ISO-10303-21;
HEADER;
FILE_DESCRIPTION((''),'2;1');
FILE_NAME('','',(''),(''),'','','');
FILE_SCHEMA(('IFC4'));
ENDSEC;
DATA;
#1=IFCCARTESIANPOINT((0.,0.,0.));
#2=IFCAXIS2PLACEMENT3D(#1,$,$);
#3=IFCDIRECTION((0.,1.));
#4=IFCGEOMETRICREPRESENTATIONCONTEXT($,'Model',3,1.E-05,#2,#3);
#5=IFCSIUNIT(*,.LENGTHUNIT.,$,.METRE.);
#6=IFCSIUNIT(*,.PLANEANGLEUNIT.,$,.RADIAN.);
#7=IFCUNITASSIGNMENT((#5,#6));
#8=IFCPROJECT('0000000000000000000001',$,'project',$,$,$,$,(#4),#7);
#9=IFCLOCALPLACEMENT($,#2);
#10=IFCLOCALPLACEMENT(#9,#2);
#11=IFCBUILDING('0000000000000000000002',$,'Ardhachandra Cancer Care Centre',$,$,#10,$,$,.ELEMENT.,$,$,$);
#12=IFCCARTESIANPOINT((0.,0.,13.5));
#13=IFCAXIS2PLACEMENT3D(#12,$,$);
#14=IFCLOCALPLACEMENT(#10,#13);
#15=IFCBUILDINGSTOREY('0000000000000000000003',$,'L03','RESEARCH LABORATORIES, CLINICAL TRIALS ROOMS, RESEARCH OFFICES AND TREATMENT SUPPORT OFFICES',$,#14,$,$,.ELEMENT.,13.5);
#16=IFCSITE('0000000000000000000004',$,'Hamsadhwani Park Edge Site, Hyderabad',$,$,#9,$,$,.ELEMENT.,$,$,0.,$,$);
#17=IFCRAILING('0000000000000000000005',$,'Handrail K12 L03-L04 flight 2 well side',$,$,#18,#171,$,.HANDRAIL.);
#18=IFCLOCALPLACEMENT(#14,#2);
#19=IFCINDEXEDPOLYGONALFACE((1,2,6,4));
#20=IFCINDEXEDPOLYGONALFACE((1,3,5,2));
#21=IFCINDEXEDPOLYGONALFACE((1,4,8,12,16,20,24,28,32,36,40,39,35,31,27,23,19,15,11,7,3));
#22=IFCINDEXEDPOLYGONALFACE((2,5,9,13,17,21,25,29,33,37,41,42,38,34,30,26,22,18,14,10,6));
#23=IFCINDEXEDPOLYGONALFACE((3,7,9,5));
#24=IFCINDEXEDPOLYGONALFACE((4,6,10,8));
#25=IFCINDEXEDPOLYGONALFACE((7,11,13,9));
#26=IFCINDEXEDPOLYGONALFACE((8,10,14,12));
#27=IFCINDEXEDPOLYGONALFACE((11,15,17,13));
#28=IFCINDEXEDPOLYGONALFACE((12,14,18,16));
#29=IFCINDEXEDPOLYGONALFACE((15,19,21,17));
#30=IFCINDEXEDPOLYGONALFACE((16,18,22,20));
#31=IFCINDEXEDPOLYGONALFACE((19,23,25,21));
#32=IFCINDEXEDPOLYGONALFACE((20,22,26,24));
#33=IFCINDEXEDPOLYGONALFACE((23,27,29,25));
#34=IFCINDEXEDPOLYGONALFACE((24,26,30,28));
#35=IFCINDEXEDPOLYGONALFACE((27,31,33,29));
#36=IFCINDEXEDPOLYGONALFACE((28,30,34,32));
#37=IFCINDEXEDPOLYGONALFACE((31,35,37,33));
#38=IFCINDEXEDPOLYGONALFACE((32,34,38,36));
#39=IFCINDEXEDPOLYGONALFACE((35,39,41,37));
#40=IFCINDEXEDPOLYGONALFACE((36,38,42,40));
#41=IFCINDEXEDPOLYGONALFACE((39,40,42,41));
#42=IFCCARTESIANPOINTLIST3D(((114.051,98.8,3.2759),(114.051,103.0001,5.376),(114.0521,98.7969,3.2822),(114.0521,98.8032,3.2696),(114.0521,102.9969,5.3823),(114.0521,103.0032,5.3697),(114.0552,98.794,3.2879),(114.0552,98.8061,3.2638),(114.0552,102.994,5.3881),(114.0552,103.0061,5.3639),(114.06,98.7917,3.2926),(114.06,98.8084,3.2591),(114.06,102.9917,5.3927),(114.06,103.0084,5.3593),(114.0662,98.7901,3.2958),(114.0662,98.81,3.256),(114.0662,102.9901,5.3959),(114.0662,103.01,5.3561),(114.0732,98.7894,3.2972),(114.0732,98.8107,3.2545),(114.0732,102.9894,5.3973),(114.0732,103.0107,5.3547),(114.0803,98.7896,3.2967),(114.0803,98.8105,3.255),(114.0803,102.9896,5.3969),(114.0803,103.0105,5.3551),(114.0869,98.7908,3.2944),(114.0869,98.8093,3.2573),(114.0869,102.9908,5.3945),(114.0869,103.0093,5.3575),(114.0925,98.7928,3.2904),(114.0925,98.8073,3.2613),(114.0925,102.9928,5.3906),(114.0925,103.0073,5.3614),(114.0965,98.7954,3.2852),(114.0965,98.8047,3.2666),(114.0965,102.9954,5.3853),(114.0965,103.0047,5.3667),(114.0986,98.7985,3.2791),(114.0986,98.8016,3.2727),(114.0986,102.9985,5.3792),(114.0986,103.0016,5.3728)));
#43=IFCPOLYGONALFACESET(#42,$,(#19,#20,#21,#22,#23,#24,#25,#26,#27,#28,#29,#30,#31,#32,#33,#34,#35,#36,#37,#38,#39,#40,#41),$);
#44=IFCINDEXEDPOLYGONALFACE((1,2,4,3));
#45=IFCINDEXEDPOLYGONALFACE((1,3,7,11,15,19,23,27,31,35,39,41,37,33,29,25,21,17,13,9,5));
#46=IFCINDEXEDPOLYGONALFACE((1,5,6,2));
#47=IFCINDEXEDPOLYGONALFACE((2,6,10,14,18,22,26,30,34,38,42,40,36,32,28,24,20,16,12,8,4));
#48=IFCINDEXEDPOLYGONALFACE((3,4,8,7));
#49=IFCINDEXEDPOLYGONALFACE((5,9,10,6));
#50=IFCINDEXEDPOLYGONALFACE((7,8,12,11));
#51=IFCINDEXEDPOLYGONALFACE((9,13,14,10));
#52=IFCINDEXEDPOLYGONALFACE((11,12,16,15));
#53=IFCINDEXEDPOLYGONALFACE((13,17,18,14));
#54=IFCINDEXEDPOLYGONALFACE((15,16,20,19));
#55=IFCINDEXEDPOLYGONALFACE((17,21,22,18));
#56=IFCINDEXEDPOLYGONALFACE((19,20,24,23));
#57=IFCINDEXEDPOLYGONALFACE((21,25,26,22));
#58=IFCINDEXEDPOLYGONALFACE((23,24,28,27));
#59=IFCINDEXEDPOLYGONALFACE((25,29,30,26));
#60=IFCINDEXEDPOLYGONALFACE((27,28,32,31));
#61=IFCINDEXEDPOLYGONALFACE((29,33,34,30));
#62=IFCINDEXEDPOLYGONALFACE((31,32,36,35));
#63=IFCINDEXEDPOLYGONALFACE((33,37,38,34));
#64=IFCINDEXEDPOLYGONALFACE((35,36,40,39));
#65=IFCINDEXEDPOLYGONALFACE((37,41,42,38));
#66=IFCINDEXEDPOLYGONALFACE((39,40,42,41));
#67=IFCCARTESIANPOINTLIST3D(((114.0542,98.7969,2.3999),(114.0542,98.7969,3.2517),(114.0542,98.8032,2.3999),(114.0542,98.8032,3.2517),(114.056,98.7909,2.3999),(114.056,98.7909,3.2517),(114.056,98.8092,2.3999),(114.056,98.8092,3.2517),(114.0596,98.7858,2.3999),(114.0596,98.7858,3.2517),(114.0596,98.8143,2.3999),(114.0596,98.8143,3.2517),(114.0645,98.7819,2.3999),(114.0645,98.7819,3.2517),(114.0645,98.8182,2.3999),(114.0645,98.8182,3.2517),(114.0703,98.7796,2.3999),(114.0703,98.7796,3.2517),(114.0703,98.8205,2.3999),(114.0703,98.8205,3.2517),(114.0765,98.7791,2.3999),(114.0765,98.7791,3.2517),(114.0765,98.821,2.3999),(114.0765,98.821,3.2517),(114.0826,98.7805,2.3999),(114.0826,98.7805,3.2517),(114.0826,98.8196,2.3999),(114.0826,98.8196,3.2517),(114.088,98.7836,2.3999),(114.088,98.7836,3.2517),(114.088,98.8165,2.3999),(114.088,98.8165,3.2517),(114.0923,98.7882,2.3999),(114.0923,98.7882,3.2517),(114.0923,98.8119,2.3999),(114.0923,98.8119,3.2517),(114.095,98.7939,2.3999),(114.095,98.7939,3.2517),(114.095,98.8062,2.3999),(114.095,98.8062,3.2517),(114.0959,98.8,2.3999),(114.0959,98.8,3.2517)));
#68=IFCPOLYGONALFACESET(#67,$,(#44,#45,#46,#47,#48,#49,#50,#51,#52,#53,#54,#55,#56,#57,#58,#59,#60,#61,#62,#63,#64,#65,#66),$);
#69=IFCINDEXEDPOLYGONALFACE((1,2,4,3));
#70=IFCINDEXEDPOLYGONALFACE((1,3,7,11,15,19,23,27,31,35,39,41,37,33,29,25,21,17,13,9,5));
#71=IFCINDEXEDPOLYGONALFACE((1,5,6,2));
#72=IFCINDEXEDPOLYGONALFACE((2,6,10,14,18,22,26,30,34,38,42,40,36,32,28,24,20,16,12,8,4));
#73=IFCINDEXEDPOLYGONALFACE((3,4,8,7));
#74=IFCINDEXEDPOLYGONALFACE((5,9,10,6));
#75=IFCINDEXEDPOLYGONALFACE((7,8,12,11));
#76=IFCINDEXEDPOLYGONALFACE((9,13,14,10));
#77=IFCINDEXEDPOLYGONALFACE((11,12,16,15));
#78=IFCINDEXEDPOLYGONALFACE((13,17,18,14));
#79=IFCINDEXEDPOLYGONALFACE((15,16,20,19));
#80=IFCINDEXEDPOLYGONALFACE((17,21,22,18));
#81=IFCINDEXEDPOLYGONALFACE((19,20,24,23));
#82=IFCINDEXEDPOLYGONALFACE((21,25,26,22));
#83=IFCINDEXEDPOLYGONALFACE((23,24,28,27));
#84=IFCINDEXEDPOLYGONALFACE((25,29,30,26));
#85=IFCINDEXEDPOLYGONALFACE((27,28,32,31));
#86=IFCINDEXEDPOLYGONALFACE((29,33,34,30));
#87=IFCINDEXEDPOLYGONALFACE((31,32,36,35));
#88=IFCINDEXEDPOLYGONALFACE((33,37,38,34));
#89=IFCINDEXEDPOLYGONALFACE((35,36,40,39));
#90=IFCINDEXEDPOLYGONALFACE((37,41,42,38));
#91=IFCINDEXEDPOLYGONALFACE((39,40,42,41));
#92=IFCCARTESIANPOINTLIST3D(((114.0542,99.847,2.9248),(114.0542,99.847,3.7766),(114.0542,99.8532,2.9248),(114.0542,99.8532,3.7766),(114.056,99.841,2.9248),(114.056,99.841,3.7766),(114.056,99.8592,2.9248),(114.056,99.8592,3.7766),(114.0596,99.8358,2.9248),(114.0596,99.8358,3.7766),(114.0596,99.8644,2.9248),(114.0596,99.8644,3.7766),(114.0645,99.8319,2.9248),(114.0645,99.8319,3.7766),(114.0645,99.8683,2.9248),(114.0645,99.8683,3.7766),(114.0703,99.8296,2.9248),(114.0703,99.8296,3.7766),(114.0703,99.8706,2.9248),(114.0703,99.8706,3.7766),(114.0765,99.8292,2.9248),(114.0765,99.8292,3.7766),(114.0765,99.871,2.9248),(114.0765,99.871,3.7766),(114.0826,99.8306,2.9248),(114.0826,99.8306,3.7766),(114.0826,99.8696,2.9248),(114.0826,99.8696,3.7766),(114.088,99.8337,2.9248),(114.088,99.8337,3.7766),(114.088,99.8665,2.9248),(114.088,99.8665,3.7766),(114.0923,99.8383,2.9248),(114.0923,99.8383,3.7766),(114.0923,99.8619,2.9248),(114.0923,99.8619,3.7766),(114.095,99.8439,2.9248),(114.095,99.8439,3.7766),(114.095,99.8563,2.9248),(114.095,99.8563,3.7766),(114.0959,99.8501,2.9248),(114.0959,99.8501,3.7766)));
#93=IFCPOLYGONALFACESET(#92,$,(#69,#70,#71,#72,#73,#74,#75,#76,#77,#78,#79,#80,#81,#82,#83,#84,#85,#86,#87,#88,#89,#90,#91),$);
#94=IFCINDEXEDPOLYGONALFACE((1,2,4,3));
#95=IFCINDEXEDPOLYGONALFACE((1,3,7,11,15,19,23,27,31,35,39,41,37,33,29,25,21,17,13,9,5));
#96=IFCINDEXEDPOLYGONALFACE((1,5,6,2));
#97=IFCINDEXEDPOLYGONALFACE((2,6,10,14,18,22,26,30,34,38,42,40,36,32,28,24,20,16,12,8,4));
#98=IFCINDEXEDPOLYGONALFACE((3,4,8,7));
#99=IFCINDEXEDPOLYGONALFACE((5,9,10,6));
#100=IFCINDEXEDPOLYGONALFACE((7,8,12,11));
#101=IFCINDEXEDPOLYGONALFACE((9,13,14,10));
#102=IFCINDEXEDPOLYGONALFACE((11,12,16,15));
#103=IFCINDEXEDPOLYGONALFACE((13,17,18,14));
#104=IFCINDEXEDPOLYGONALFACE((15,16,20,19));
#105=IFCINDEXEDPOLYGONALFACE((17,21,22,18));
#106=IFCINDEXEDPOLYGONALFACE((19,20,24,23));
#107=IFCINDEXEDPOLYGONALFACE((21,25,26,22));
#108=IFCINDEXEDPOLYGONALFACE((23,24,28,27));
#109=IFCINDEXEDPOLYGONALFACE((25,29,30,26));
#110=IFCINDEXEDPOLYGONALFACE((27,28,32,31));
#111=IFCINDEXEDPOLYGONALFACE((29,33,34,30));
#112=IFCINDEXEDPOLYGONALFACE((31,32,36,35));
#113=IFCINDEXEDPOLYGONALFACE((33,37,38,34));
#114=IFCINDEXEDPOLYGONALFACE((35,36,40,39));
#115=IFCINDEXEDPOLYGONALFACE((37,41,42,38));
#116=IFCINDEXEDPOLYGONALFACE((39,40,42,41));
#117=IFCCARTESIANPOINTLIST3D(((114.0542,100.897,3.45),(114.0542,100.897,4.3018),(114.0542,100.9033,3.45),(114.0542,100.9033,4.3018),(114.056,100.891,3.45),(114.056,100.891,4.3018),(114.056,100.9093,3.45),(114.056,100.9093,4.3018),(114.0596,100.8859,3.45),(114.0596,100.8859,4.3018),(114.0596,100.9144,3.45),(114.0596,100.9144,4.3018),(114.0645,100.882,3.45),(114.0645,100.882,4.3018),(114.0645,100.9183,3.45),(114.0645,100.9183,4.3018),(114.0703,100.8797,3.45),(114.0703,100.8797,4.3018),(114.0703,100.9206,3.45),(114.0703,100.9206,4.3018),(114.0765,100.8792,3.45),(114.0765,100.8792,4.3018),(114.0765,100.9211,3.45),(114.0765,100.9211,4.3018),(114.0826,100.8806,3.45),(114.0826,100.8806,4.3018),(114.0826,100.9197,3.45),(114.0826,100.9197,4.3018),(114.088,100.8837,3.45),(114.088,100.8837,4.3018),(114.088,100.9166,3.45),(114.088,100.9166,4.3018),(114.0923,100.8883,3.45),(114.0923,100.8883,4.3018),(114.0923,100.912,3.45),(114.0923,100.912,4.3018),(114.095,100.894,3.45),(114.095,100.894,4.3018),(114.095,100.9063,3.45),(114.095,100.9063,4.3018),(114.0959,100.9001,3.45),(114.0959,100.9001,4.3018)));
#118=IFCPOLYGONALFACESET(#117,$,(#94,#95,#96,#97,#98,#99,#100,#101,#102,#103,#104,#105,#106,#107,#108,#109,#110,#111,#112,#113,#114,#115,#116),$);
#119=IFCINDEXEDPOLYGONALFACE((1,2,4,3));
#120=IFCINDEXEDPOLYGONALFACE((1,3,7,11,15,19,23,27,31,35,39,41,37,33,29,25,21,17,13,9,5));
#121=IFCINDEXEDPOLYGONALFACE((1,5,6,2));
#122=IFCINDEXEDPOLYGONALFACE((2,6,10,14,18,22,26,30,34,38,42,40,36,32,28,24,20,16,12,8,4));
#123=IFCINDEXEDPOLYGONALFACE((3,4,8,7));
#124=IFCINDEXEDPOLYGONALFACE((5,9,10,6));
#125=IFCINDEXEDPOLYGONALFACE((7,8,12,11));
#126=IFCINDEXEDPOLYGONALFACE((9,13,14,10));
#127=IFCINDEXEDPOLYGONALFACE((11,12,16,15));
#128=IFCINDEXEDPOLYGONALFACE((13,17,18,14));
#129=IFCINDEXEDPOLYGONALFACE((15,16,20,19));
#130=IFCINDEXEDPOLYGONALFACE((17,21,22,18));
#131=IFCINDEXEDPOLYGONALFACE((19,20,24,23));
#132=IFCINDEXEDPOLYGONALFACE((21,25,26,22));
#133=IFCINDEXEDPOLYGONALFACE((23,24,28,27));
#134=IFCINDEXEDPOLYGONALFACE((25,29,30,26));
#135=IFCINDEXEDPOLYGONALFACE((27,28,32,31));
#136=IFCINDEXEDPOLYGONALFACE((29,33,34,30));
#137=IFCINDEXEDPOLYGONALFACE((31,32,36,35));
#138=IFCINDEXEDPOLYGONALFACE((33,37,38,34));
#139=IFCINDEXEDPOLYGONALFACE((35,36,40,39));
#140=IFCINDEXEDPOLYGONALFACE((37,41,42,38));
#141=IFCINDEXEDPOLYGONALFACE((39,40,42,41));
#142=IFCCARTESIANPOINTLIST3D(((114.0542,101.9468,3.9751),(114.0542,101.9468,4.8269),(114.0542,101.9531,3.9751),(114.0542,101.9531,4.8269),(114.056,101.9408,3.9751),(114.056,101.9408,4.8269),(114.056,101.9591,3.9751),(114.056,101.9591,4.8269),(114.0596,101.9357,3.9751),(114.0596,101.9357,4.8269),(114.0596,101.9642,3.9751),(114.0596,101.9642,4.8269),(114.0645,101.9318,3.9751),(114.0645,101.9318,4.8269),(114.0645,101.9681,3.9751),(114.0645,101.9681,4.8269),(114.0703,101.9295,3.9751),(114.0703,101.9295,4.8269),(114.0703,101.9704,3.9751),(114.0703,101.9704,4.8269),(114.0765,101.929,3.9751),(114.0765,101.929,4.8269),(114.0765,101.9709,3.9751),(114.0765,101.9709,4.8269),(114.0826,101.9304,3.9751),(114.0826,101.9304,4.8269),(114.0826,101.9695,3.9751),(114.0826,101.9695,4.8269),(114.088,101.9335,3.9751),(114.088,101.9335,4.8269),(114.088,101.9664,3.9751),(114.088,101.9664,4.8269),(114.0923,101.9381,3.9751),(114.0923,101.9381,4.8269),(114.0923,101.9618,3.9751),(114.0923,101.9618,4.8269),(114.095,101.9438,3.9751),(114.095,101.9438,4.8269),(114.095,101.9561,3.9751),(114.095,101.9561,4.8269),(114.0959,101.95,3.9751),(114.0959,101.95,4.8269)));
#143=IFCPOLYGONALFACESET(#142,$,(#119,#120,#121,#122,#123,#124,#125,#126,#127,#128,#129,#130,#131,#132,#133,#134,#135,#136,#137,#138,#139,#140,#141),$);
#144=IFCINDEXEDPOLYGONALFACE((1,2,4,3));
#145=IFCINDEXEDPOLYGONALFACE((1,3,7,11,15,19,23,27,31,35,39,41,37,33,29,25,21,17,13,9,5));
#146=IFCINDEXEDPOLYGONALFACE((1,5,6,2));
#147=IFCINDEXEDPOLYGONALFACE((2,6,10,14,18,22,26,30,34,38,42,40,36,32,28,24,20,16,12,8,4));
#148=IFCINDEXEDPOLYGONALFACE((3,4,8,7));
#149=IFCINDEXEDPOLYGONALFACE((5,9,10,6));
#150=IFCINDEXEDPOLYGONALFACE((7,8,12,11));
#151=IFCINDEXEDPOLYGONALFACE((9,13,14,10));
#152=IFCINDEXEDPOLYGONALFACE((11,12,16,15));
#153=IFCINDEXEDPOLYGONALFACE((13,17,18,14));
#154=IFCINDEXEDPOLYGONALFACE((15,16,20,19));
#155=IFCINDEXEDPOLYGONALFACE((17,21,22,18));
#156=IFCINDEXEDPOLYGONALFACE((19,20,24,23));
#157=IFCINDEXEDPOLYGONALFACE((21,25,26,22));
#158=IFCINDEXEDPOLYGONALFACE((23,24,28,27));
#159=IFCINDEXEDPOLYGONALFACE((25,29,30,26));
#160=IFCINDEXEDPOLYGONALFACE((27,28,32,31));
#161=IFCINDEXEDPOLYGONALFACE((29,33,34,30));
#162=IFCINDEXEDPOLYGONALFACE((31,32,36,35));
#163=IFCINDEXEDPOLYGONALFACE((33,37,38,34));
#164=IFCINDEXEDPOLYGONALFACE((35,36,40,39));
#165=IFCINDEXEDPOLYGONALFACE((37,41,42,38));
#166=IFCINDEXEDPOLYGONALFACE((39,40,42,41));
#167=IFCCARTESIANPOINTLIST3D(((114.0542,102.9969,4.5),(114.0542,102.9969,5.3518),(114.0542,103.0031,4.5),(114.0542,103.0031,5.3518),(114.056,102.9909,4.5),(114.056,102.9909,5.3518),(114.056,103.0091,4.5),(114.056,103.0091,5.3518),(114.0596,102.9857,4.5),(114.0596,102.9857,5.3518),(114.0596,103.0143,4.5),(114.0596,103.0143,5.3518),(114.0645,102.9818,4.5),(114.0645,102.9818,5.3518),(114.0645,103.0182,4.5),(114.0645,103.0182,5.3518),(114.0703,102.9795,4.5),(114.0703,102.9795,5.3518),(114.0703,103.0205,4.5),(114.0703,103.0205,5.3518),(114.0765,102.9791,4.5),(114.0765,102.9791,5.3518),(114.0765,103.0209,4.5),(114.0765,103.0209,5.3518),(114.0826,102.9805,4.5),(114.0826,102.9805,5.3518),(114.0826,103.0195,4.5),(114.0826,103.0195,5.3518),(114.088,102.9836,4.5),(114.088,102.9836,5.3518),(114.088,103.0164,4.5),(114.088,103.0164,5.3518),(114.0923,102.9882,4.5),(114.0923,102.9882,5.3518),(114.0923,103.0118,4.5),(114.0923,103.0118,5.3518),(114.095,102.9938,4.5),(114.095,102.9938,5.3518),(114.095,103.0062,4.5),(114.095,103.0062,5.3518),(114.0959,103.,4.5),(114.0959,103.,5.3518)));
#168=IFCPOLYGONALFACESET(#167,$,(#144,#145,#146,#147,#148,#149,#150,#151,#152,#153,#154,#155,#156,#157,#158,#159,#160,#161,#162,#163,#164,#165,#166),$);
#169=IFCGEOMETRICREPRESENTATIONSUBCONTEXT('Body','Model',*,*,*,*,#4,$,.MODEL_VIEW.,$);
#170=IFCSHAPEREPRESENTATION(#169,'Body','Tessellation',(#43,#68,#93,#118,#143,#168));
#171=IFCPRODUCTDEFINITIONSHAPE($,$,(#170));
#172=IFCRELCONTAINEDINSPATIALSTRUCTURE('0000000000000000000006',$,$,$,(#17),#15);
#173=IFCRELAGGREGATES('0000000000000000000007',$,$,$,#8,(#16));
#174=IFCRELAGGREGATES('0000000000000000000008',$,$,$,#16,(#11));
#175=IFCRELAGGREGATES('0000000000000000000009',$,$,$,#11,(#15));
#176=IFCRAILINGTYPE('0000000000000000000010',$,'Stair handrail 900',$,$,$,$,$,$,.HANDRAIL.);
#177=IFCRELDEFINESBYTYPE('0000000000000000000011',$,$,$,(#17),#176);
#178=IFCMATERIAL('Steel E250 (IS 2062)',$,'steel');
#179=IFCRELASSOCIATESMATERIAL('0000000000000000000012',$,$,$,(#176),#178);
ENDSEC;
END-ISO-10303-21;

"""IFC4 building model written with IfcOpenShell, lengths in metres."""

from ifc_helpers import new_model, si_unit, direction, frame, origin, origin_2d, place, context, subcontext, project, spatial, circle, extrude, material, type_object, element, save


model = new_model("IFC4")

# Units and contexts
model_context = context("Model", 3, precision=1e-05, world=origin(), true_north=direction((0.0, 1.0)))
body_context = subcontext(model_context, "Body", "Model", "MODEL_VIEW")
ifc_project = project(units=[si_unit("LENGTHUNIT", "METRE"), si_unit("PLANEANGLEUNIT", "RADIAN")], contexts=[model_context])

# Site, building, storey
site_placement = place(None, origin())
site = spatial("IfcSite", under=ifc_project, at=site_placement, Name="Hamsadhwani Park Edge Site, Hyderabad", CompositionType="ELEMENT", RefElevation=0.0)
building_placement = place(site_placement, origin())
building = spatial("IfcBuilding", under=site, at=building_placement, Name="Ardhachandra Cancer Care Centre", CompositionType="ELEMENT")
storey_placement = place(building_placement, frame((0.0, 0.0, 13.5)))
storey = spatial("IfcBuildingStorey", under=building, at=storey_placement, Name="L03", Description="RESEARCH LABORATORIES, CLINICAL TRIALS ROOMS, RESEARCH OFFICES AND TREATMENT SUPPORT OFFICES", CompositionType="ELEMENT", Elevation=13.5)

# Railing
ifc_material_1 = material(Name="Steel E250 (IS 2062)", Category="steel")
railing_type_1 = type_object("IfcRailingType", Name="Stair handrail 900", PredefinedType="HANDRAIL", material=ifc_material_1)
for number, where, name in (
    (1, (114.075, 98.8, 2.3999), "Handrail K12 L03-L04 flight 2 well side"),
):
    element("IfcRailing", number, at=place(storey_placement, frame(where)), inside=storey, type_object=railing_type_1, Name=name, PredefinedType="HANDRAIL", context=body_context, shape_type="SweptSolid", body=[
        extrude(circle(Radius=0.0239, at=origin_2d()), frame((0.0, 0.0, 0.876), z_axis=(0.0, 0.894417, 0.447234), x_axis=(-1.0, 0.0, 0.0)), (0.0, 0.0, 1.0), 4.6958),
        extrude(circle(Radius=0.021, at=origin_2d()), origin(), (0.0, 0.0, 1.0), 0.8518),
        extrude(circle(Radius=0.021, at=origin_2d()), frame((0.0, 1.05, 0.5249)), (0.0, 0.0, 1.0), 0.8518),
        extrude(circle(Radius=0.021, at=origin_2d()), frame((0.0, 2.1001, 1.05)), (0.0, 0.0, 1.0), 0.8518),
        extrude(circle(Radius=0.021, at=origin_2d()), frame((0.0, 3.1499, 1.5752)), (0.0, 0.0, 1.0), 0.8518),
        extrude(circle(Radius=0.021, at=origin_2d()), frame((0.0, 4.2, 2.1001)), (0.0, 0.0, 1.0), 0.8518),
    ])

save(model, "model.ifc")
